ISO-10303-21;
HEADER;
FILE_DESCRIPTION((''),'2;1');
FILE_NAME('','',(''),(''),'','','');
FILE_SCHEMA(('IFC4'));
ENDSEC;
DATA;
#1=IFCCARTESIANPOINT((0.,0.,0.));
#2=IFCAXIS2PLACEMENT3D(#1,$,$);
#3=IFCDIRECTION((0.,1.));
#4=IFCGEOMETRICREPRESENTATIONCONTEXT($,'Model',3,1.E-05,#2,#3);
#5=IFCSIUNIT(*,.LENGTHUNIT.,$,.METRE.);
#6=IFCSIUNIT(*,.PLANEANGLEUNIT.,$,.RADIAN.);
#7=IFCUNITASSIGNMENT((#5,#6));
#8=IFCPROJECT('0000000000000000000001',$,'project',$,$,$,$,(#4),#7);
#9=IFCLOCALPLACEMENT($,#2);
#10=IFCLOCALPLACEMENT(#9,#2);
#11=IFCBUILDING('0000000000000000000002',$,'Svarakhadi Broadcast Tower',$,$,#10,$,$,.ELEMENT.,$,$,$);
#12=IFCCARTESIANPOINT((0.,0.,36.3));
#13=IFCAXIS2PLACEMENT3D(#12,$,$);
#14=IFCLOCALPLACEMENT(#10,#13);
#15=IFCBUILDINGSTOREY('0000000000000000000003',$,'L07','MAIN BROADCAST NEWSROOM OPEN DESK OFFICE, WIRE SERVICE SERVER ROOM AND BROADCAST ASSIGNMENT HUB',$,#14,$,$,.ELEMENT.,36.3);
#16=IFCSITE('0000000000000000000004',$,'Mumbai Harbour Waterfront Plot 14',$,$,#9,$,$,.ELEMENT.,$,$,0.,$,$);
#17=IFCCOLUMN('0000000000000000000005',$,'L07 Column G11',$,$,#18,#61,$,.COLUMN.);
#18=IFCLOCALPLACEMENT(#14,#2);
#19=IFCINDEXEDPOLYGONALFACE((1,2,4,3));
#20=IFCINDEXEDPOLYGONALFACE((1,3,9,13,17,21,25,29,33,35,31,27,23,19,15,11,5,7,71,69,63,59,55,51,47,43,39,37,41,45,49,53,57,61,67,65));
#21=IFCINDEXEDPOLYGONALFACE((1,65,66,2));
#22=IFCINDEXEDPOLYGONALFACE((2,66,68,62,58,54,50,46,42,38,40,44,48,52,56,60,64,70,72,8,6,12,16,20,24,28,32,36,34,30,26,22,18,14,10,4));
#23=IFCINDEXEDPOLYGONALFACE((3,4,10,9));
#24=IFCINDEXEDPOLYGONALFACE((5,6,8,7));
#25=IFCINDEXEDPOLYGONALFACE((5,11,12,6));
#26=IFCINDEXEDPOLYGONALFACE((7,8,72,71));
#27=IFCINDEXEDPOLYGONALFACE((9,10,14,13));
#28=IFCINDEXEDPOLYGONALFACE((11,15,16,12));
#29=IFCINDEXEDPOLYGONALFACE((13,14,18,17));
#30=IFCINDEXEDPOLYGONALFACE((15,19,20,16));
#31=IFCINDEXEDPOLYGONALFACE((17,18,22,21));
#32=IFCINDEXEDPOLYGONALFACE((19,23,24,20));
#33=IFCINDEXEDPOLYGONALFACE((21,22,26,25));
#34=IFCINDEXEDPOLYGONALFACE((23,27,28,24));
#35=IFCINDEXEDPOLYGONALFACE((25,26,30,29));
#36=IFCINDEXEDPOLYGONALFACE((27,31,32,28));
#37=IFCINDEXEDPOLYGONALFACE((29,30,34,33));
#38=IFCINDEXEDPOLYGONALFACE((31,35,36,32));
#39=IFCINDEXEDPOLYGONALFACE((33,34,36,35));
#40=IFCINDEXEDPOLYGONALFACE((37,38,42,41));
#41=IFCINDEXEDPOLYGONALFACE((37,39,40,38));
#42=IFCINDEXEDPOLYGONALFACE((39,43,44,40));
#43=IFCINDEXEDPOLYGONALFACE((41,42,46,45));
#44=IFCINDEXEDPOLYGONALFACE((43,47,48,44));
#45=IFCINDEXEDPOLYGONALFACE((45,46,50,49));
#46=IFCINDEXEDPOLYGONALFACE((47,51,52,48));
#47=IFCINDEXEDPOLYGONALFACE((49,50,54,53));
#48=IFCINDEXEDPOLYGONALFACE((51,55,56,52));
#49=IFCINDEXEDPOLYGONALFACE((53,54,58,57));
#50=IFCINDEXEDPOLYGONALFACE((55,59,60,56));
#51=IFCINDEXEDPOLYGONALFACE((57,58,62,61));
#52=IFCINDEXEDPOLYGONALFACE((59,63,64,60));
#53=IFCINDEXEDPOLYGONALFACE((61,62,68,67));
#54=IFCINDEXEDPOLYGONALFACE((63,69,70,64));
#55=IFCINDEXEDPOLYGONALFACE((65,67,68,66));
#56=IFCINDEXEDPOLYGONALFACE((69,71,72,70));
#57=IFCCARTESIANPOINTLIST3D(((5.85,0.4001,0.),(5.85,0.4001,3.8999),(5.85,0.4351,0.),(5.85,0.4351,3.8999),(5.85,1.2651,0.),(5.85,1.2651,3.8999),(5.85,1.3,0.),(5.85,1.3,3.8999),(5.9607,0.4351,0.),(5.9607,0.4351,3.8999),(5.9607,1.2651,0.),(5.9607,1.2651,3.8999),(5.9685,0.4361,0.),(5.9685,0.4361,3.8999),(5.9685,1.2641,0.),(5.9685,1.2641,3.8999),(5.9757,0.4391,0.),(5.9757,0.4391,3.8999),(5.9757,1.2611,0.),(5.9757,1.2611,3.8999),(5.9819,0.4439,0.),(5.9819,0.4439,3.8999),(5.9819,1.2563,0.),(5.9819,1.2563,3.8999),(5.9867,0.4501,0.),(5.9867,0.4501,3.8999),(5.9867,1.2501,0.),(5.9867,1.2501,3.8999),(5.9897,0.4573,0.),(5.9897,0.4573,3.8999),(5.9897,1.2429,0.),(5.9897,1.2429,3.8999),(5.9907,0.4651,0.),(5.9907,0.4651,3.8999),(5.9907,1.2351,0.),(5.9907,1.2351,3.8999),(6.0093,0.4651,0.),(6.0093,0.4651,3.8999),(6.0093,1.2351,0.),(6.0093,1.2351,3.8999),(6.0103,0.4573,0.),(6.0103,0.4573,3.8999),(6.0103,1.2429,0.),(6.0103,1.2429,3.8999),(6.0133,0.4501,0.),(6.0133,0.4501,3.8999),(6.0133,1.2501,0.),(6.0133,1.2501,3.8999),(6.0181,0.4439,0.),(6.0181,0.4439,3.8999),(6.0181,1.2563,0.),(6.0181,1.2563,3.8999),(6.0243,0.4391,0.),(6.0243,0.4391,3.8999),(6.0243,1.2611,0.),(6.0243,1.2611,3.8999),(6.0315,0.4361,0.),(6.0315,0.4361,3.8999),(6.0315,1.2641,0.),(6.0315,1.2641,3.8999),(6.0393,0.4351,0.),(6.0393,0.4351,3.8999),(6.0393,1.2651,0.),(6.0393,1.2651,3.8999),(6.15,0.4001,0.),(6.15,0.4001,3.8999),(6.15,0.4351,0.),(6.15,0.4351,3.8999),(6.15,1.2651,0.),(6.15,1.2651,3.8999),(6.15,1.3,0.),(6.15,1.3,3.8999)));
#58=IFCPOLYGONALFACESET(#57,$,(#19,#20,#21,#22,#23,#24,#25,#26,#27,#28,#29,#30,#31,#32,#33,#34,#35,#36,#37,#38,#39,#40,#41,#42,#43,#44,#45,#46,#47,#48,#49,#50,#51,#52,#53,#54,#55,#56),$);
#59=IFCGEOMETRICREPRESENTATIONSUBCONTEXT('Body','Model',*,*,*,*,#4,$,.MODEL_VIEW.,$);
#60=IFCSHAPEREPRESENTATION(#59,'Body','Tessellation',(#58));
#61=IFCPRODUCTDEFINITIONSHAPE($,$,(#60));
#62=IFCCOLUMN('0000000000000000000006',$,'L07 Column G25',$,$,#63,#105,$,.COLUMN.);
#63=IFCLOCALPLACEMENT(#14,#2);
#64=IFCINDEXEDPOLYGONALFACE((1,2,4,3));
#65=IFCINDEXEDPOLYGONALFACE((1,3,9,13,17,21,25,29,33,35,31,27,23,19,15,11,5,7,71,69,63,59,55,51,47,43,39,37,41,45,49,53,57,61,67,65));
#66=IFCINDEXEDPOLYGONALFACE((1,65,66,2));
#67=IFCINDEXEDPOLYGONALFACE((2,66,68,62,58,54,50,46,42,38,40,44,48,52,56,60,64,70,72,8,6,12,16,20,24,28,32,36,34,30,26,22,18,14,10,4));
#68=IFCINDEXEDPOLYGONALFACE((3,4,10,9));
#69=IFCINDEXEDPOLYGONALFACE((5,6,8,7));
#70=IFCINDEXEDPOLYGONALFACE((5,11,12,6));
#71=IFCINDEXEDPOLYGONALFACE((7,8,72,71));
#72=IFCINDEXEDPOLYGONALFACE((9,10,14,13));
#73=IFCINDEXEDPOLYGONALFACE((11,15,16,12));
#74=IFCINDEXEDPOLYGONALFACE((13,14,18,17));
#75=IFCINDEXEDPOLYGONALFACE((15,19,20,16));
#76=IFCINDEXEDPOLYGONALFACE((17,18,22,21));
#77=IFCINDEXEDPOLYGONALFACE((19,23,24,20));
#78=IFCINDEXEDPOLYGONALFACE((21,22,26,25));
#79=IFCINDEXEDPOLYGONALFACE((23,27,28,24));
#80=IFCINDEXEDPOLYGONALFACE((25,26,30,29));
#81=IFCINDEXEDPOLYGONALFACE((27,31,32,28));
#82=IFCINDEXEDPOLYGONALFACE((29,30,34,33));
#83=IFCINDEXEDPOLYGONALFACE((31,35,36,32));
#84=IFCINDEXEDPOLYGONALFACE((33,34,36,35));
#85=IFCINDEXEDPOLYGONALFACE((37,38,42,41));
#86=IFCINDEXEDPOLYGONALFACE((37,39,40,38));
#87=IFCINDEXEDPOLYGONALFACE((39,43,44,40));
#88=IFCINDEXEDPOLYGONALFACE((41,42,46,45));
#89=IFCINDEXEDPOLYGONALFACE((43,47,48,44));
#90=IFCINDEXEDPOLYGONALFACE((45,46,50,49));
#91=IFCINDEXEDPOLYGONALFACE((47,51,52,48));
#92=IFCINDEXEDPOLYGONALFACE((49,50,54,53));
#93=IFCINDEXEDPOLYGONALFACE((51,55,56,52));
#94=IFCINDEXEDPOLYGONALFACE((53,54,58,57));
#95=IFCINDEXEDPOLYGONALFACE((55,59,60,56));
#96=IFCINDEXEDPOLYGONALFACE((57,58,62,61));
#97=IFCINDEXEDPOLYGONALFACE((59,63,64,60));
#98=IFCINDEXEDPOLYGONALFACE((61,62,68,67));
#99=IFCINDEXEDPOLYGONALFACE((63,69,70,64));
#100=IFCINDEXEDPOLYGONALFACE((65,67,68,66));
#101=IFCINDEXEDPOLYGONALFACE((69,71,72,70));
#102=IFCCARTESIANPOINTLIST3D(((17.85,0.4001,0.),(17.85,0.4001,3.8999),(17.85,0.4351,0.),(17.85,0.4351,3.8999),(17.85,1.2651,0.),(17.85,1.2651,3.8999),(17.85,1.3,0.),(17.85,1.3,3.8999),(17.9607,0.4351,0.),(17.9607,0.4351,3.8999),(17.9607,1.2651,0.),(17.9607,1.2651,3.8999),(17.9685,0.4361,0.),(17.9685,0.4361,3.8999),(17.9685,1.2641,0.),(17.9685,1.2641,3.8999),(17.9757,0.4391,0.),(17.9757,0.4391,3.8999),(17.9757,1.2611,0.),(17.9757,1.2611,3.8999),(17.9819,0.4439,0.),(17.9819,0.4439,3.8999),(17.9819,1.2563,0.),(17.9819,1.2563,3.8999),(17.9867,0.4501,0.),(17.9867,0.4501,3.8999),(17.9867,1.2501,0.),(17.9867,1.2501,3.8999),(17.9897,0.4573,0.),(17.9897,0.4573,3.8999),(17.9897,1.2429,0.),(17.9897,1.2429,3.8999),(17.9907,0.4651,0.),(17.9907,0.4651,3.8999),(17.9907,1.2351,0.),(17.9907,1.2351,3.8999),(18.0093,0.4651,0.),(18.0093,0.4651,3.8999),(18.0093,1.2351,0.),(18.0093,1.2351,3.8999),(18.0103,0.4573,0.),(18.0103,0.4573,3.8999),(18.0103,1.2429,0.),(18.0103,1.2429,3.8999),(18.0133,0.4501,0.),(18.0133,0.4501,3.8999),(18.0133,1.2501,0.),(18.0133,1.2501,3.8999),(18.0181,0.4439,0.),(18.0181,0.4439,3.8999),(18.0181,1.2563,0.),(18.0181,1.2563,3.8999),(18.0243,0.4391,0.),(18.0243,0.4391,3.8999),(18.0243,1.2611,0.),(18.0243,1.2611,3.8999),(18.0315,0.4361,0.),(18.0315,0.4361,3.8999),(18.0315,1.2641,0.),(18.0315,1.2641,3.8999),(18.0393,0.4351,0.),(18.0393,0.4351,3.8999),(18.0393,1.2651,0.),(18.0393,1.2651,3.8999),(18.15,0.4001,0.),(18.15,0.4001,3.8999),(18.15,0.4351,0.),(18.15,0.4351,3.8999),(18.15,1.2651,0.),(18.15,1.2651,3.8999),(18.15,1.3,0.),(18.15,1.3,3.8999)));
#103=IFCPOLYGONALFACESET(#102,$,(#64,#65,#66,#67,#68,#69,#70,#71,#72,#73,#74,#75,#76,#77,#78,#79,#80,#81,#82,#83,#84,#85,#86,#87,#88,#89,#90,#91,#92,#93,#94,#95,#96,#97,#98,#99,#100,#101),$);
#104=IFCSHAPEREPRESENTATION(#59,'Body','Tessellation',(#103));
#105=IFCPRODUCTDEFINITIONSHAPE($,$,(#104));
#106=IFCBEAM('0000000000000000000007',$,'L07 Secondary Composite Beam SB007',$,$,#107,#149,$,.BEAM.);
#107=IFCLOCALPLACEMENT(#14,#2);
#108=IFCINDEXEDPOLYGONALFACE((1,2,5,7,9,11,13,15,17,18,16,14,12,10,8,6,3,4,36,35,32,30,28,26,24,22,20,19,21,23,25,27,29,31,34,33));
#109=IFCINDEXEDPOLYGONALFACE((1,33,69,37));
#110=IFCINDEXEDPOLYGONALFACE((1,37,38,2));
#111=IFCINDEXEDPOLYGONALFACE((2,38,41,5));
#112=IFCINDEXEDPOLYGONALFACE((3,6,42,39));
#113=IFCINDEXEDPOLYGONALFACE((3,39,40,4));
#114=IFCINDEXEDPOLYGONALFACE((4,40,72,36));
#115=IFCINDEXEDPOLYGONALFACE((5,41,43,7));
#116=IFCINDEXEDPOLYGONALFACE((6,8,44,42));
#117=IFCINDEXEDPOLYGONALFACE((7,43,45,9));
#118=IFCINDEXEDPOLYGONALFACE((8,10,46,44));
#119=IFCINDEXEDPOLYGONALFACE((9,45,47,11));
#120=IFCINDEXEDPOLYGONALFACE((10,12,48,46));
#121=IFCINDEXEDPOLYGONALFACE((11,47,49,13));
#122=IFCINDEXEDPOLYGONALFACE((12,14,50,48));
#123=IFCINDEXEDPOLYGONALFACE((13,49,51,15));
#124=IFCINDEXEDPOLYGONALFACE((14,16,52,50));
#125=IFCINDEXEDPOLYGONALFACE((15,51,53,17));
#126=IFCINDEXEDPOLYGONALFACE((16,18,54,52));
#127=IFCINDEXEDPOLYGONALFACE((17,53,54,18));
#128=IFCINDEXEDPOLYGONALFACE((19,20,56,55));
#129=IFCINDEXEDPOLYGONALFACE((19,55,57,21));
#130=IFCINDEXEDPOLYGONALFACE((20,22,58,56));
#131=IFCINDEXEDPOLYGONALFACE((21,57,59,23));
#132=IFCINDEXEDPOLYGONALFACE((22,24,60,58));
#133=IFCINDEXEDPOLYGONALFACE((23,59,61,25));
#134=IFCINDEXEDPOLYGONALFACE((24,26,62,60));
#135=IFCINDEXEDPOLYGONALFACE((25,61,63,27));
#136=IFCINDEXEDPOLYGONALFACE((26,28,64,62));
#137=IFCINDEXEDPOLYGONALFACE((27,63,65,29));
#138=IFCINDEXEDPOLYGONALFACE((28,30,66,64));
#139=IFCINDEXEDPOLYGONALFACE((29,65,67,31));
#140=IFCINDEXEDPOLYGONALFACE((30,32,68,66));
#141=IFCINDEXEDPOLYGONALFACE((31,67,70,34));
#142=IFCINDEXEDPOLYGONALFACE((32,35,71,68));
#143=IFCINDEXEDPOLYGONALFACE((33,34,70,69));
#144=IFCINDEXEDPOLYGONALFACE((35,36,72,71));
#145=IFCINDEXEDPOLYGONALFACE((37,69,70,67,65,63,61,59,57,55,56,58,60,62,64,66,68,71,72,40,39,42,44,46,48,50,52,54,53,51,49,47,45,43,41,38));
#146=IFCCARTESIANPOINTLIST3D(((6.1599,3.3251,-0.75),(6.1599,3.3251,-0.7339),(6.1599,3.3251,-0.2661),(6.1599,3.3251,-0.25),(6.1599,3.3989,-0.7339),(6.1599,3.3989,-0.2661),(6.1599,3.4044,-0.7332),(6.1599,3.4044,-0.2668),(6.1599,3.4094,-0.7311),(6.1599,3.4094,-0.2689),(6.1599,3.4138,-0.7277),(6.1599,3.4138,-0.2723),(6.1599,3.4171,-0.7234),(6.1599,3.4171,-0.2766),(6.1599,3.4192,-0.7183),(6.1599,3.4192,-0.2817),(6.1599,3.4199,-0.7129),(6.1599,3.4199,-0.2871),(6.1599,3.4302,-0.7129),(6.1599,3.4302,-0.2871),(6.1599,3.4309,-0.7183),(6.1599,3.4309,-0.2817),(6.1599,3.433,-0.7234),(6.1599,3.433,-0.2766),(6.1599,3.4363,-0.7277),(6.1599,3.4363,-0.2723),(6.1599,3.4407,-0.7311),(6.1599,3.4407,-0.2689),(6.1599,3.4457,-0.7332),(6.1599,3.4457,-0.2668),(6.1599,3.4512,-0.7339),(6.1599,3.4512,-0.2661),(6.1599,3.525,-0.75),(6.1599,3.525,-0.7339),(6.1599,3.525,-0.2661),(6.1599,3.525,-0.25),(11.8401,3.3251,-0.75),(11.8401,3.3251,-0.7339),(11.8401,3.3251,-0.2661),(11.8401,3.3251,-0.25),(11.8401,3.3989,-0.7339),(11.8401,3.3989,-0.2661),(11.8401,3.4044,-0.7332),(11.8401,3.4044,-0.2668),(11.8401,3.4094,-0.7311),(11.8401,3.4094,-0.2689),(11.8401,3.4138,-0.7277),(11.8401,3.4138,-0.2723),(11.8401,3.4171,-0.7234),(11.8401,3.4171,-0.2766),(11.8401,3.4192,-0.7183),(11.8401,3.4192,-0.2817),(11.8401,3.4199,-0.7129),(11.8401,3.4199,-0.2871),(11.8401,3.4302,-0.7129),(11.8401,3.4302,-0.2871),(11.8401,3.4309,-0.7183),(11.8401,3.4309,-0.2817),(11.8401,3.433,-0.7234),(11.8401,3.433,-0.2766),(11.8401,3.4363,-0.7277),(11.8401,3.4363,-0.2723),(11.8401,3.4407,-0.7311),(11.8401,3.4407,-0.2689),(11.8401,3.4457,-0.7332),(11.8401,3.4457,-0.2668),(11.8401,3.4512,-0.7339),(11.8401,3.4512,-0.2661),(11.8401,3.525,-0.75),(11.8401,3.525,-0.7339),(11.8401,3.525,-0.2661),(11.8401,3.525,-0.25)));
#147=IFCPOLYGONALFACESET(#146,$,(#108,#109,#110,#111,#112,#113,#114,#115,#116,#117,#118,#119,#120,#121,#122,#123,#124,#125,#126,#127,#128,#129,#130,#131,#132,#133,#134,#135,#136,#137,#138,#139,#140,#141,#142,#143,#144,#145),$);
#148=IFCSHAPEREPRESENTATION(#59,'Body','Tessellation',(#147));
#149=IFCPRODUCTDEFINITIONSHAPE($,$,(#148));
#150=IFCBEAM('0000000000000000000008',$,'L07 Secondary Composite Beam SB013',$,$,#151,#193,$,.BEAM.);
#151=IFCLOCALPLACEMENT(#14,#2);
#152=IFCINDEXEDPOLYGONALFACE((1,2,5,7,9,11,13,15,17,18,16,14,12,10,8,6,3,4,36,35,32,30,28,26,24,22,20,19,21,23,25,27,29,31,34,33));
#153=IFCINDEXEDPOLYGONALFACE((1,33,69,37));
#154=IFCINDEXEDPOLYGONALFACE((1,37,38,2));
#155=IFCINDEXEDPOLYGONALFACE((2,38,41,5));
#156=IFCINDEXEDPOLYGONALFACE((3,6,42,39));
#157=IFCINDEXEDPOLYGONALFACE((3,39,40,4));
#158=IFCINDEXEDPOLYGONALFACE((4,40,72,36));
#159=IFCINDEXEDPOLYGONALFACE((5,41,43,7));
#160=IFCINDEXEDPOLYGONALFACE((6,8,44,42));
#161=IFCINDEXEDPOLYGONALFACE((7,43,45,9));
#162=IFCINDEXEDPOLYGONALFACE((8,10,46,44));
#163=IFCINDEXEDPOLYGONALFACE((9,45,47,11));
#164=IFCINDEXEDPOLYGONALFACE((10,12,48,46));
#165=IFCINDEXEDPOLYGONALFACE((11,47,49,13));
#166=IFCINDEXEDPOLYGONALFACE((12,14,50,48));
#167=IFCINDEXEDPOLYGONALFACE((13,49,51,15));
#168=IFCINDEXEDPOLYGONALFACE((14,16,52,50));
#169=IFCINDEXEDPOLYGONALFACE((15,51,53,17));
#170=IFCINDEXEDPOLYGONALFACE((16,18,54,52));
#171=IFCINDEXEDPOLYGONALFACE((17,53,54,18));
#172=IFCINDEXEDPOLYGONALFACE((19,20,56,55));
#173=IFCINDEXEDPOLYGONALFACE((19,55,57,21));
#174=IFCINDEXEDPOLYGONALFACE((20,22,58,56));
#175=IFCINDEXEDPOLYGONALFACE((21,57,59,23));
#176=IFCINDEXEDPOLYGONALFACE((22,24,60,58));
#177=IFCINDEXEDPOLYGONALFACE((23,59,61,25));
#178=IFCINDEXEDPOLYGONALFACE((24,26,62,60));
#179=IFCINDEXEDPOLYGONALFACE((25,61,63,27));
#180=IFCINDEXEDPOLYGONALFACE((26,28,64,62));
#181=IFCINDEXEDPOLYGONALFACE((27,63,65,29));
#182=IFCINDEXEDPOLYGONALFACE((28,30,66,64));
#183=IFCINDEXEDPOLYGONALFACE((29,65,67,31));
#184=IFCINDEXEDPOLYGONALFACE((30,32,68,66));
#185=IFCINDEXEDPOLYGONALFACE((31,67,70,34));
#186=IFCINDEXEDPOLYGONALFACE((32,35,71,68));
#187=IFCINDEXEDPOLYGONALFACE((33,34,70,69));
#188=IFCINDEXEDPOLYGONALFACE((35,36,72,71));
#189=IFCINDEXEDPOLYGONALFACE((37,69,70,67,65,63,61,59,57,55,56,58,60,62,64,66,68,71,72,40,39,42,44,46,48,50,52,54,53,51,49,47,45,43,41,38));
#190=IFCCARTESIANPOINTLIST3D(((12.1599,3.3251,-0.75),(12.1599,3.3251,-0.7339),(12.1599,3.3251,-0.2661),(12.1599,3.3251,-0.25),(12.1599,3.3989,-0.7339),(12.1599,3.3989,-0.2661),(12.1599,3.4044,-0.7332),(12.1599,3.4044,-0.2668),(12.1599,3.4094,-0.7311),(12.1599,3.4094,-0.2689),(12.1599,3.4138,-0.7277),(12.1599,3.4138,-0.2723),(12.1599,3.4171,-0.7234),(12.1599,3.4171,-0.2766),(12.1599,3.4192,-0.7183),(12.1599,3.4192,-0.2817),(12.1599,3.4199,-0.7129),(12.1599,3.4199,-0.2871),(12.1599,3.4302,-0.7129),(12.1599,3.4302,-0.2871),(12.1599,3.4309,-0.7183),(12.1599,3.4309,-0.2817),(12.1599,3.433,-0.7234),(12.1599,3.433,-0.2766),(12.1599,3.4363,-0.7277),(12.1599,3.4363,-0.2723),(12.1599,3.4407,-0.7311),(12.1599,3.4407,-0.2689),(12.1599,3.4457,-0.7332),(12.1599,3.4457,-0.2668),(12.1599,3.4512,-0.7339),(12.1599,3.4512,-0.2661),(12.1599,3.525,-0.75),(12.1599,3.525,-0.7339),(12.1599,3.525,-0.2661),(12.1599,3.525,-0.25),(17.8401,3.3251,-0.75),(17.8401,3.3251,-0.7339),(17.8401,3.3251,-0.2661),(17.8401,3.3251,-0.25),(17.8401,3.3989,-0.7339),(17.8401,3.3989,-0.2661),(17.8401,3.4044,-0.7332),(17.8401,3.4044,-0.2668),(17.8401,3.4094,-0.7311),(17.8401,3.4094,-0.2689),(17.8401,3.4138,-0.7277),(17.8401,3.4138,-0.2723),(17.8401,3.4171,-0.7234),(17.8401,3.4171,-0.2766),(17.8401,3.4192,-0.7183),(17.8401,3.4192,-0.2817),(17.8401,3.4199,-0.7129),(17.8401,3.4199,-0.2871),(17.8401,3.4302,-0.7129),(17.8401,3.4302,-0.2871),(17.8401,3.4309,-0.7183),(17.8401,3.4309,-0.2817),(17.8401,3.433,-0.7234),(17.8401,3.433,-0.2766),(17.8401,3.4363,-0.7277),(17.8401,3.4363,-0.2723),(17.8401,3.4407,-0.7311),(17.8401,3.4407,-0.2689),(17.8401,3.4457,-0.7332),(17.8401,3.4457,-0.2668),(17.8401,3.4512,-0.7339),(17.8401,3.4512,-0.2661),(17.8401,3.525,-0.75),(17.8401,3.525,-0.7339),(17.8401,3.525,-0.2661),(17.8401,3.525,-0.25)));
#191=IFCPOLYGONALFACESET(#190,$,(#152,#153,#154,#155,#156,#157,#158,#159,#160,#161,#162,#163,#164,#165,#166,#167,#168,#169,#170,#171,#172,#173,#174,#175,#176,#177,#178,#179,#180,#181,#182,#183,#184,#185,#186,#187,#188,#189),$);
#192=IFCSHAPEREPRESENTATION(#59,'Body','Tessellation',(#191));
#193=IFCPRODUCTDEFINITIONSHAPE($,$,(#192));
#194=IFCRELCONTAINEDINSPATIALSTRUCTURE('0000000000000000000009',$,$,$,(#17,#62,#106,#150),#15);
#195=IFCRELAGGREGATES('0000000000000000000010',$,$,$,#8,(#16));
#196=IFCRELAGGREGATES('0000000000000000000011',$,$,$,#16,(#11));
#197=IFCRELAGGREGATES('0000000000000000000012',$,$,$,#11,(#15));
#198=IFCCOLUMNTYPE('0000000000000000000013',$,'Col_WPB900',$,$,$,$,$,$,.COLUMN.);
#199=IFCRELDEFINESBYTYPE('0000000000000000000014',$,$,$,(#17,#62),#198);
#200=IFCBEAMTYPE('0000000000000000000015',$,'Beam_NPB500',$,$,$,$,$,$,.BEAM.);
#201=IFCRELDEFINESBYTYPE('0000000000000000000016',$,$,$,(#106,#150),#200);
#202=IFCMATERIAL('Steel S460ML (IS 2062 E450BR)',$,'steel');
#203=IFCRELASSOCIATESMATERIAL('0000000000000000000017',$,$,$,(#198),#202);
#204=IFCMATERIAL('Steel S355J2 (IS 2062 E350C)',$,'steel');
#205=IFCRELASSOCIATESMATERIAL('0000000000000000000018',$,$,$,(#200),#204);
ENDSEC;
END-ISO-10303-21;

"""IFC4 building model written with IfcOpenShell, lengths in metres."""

from ifc_helpers import new_model, si_unit, direction, frame, origin, origin_2d, place, context, subcontext, project, spatial, i_section, extrude, material, material_profile, profile_set, type_object, element, save


model = new_model("IFC4")

# Units and contexts
model_context = context("Model", 3, precision=1e-05, world=origin(), true_north=direction((0.0, 1.0)))
body_context = subcontext(model_context, "Body", "Model", "MODEL_VIEW")
ifc_project = project(units=[si_unit("LENGTHUNIT", "METRE"), si_unit("PLANEANGLEUNIT", "RADIAN")], contexts=[model_context])

# Site, building, storey
site_placement = place(None, origin())
site = spatial("IfcSite", under=ifc_project, at=site_placement, Name="Mumbai Harbour Waterfront Plot 14", CompositionType="ELEMENT", RefElevation=0.0)
building_placement = place(site_placement, origin())
building = spatial("IfcBuilding", under=site, at=building_placement, Name="Svarakhadi Broadcast Tower", CompositionType="ELEMENT")
storey_placement = place(building_placement, frame((0.0, 0.0, 36.3)))
storey = spatial("IfcBuildingStorey", under=building, at=storey_placement, Name="L07", Description="MAIN BROADCAST NEWSROOM OPEN DESK OFFICE, WIRE SERVICE SERVER ROOM AND BROADCAST ASSIGNMENT HUB", CompositionType="ELEMENT", Elevation=36.3)

# Columns
ifc_material_1 = material(Name="Steel S460ML (IS 2062 E450BR)", Category="steel")
ifc_material_profile_1 = material_profile(ifc_material_1, i_section(OverallWidth=0.3, OverallDepth=0.8999, WebThickness=0.0186, FlangeThickness=0.0349, FilletRadius=0.03, at=origin_2d()), Name="WPB 900x300x291")
ifc_profile_set_1 = profile_set([ifc_material_profile_1], Name="Steel S460ML (IS 2062 E450BR)")
column_type_1 = type_object("IfcColumnType", Name="Col_WPB900", PredefinedType="COLUMN", material=ifc_profile_set_1)
for number, where, z_axis, x_axis, name in (
    (1, (6.0, 0.8501, 0.0), (0.0, 0.0, 1.0), (1.0, 0.0, 0.0), "L07 Column G11"),
    (2, (18.0, 0.8501, 0.0), (0.0, 0.0, 1.0), (1.0, 0.0, 0.0), "L07 Column G25"),
):
    element("IfcColumn", number, at=place(storey_placement, frame(where, z_axis=z_axis, x_axis=x_axis)), inside=storey, type_object=column_type_1, Name=name, PredefinedType="COLUMN", context=body_context, shape_type="SweptSolid", body=[
        extrude(i_section(OverallWidth=0.3, OverallDepth=0.8999, WebThickness=0.0186, FlangeThickness=0.0349, FilletRadius=0.03, at=origin_2d()), origin(), (0.0, 0.0, 1.0), 3.8999),
    ])

# Beams
ifc_material_2 = material(Name="Steel S355J2 (IS 2062 E350C)", Category="steel")
ifc_material_profile_2 = material_profile(ifc_material_2, i_section(OverallWidth=0.2, OverallDepth=0.5, WebThickness=0.0103, FlangeThickness=0.0161, FilletRadius=0.021, at=origin_2d()), Name="NPB 500x200x91")
ifc_profile_set_2 = profile_set([ifc_material_profile_2], Name="Steel S355J2 (IS 2062 E350C)")
beam_type_1 = type_object("IfcBeamType", Name="Beam_NPB500", PredefinedType="BEAM", material=ifc_profile_set_2)
for number, where, z_axis, x_axis, name in (
    (3, (6.1599, 3.425, -0.5), (1.0, 0.0, 0.0), (0.0, 1.0, 0.0), "L07 Secondary Composite Beam SB007"),
    (4, (12.1599, 3.425, -0.5), (1.0, 0.0, 0.0), (0.0, 1.0, 0.0), "L07 Secondary Composite Beam SB013"),
):
    element("IfcBeam", number, at=place(storey_placement, frame(where, z_axis=z_axis, x_axis=x_axis)), inside=storey, type_object=beam_type_1, Name=name, PredefinedType="BEAM", context=body_context, shape_type="SweptSolid", body=[
        extrude(i_section(OverallWidth=0.2, OverallDepth=0.5, WebThickness=0.0103, FlangeThickness=0.0161, FilletRadius=0.021, at=origin_2d()), origin(), (0.0, 0.0, 1.0), 5.6802),
    ])

save(model, "model.ifc")
